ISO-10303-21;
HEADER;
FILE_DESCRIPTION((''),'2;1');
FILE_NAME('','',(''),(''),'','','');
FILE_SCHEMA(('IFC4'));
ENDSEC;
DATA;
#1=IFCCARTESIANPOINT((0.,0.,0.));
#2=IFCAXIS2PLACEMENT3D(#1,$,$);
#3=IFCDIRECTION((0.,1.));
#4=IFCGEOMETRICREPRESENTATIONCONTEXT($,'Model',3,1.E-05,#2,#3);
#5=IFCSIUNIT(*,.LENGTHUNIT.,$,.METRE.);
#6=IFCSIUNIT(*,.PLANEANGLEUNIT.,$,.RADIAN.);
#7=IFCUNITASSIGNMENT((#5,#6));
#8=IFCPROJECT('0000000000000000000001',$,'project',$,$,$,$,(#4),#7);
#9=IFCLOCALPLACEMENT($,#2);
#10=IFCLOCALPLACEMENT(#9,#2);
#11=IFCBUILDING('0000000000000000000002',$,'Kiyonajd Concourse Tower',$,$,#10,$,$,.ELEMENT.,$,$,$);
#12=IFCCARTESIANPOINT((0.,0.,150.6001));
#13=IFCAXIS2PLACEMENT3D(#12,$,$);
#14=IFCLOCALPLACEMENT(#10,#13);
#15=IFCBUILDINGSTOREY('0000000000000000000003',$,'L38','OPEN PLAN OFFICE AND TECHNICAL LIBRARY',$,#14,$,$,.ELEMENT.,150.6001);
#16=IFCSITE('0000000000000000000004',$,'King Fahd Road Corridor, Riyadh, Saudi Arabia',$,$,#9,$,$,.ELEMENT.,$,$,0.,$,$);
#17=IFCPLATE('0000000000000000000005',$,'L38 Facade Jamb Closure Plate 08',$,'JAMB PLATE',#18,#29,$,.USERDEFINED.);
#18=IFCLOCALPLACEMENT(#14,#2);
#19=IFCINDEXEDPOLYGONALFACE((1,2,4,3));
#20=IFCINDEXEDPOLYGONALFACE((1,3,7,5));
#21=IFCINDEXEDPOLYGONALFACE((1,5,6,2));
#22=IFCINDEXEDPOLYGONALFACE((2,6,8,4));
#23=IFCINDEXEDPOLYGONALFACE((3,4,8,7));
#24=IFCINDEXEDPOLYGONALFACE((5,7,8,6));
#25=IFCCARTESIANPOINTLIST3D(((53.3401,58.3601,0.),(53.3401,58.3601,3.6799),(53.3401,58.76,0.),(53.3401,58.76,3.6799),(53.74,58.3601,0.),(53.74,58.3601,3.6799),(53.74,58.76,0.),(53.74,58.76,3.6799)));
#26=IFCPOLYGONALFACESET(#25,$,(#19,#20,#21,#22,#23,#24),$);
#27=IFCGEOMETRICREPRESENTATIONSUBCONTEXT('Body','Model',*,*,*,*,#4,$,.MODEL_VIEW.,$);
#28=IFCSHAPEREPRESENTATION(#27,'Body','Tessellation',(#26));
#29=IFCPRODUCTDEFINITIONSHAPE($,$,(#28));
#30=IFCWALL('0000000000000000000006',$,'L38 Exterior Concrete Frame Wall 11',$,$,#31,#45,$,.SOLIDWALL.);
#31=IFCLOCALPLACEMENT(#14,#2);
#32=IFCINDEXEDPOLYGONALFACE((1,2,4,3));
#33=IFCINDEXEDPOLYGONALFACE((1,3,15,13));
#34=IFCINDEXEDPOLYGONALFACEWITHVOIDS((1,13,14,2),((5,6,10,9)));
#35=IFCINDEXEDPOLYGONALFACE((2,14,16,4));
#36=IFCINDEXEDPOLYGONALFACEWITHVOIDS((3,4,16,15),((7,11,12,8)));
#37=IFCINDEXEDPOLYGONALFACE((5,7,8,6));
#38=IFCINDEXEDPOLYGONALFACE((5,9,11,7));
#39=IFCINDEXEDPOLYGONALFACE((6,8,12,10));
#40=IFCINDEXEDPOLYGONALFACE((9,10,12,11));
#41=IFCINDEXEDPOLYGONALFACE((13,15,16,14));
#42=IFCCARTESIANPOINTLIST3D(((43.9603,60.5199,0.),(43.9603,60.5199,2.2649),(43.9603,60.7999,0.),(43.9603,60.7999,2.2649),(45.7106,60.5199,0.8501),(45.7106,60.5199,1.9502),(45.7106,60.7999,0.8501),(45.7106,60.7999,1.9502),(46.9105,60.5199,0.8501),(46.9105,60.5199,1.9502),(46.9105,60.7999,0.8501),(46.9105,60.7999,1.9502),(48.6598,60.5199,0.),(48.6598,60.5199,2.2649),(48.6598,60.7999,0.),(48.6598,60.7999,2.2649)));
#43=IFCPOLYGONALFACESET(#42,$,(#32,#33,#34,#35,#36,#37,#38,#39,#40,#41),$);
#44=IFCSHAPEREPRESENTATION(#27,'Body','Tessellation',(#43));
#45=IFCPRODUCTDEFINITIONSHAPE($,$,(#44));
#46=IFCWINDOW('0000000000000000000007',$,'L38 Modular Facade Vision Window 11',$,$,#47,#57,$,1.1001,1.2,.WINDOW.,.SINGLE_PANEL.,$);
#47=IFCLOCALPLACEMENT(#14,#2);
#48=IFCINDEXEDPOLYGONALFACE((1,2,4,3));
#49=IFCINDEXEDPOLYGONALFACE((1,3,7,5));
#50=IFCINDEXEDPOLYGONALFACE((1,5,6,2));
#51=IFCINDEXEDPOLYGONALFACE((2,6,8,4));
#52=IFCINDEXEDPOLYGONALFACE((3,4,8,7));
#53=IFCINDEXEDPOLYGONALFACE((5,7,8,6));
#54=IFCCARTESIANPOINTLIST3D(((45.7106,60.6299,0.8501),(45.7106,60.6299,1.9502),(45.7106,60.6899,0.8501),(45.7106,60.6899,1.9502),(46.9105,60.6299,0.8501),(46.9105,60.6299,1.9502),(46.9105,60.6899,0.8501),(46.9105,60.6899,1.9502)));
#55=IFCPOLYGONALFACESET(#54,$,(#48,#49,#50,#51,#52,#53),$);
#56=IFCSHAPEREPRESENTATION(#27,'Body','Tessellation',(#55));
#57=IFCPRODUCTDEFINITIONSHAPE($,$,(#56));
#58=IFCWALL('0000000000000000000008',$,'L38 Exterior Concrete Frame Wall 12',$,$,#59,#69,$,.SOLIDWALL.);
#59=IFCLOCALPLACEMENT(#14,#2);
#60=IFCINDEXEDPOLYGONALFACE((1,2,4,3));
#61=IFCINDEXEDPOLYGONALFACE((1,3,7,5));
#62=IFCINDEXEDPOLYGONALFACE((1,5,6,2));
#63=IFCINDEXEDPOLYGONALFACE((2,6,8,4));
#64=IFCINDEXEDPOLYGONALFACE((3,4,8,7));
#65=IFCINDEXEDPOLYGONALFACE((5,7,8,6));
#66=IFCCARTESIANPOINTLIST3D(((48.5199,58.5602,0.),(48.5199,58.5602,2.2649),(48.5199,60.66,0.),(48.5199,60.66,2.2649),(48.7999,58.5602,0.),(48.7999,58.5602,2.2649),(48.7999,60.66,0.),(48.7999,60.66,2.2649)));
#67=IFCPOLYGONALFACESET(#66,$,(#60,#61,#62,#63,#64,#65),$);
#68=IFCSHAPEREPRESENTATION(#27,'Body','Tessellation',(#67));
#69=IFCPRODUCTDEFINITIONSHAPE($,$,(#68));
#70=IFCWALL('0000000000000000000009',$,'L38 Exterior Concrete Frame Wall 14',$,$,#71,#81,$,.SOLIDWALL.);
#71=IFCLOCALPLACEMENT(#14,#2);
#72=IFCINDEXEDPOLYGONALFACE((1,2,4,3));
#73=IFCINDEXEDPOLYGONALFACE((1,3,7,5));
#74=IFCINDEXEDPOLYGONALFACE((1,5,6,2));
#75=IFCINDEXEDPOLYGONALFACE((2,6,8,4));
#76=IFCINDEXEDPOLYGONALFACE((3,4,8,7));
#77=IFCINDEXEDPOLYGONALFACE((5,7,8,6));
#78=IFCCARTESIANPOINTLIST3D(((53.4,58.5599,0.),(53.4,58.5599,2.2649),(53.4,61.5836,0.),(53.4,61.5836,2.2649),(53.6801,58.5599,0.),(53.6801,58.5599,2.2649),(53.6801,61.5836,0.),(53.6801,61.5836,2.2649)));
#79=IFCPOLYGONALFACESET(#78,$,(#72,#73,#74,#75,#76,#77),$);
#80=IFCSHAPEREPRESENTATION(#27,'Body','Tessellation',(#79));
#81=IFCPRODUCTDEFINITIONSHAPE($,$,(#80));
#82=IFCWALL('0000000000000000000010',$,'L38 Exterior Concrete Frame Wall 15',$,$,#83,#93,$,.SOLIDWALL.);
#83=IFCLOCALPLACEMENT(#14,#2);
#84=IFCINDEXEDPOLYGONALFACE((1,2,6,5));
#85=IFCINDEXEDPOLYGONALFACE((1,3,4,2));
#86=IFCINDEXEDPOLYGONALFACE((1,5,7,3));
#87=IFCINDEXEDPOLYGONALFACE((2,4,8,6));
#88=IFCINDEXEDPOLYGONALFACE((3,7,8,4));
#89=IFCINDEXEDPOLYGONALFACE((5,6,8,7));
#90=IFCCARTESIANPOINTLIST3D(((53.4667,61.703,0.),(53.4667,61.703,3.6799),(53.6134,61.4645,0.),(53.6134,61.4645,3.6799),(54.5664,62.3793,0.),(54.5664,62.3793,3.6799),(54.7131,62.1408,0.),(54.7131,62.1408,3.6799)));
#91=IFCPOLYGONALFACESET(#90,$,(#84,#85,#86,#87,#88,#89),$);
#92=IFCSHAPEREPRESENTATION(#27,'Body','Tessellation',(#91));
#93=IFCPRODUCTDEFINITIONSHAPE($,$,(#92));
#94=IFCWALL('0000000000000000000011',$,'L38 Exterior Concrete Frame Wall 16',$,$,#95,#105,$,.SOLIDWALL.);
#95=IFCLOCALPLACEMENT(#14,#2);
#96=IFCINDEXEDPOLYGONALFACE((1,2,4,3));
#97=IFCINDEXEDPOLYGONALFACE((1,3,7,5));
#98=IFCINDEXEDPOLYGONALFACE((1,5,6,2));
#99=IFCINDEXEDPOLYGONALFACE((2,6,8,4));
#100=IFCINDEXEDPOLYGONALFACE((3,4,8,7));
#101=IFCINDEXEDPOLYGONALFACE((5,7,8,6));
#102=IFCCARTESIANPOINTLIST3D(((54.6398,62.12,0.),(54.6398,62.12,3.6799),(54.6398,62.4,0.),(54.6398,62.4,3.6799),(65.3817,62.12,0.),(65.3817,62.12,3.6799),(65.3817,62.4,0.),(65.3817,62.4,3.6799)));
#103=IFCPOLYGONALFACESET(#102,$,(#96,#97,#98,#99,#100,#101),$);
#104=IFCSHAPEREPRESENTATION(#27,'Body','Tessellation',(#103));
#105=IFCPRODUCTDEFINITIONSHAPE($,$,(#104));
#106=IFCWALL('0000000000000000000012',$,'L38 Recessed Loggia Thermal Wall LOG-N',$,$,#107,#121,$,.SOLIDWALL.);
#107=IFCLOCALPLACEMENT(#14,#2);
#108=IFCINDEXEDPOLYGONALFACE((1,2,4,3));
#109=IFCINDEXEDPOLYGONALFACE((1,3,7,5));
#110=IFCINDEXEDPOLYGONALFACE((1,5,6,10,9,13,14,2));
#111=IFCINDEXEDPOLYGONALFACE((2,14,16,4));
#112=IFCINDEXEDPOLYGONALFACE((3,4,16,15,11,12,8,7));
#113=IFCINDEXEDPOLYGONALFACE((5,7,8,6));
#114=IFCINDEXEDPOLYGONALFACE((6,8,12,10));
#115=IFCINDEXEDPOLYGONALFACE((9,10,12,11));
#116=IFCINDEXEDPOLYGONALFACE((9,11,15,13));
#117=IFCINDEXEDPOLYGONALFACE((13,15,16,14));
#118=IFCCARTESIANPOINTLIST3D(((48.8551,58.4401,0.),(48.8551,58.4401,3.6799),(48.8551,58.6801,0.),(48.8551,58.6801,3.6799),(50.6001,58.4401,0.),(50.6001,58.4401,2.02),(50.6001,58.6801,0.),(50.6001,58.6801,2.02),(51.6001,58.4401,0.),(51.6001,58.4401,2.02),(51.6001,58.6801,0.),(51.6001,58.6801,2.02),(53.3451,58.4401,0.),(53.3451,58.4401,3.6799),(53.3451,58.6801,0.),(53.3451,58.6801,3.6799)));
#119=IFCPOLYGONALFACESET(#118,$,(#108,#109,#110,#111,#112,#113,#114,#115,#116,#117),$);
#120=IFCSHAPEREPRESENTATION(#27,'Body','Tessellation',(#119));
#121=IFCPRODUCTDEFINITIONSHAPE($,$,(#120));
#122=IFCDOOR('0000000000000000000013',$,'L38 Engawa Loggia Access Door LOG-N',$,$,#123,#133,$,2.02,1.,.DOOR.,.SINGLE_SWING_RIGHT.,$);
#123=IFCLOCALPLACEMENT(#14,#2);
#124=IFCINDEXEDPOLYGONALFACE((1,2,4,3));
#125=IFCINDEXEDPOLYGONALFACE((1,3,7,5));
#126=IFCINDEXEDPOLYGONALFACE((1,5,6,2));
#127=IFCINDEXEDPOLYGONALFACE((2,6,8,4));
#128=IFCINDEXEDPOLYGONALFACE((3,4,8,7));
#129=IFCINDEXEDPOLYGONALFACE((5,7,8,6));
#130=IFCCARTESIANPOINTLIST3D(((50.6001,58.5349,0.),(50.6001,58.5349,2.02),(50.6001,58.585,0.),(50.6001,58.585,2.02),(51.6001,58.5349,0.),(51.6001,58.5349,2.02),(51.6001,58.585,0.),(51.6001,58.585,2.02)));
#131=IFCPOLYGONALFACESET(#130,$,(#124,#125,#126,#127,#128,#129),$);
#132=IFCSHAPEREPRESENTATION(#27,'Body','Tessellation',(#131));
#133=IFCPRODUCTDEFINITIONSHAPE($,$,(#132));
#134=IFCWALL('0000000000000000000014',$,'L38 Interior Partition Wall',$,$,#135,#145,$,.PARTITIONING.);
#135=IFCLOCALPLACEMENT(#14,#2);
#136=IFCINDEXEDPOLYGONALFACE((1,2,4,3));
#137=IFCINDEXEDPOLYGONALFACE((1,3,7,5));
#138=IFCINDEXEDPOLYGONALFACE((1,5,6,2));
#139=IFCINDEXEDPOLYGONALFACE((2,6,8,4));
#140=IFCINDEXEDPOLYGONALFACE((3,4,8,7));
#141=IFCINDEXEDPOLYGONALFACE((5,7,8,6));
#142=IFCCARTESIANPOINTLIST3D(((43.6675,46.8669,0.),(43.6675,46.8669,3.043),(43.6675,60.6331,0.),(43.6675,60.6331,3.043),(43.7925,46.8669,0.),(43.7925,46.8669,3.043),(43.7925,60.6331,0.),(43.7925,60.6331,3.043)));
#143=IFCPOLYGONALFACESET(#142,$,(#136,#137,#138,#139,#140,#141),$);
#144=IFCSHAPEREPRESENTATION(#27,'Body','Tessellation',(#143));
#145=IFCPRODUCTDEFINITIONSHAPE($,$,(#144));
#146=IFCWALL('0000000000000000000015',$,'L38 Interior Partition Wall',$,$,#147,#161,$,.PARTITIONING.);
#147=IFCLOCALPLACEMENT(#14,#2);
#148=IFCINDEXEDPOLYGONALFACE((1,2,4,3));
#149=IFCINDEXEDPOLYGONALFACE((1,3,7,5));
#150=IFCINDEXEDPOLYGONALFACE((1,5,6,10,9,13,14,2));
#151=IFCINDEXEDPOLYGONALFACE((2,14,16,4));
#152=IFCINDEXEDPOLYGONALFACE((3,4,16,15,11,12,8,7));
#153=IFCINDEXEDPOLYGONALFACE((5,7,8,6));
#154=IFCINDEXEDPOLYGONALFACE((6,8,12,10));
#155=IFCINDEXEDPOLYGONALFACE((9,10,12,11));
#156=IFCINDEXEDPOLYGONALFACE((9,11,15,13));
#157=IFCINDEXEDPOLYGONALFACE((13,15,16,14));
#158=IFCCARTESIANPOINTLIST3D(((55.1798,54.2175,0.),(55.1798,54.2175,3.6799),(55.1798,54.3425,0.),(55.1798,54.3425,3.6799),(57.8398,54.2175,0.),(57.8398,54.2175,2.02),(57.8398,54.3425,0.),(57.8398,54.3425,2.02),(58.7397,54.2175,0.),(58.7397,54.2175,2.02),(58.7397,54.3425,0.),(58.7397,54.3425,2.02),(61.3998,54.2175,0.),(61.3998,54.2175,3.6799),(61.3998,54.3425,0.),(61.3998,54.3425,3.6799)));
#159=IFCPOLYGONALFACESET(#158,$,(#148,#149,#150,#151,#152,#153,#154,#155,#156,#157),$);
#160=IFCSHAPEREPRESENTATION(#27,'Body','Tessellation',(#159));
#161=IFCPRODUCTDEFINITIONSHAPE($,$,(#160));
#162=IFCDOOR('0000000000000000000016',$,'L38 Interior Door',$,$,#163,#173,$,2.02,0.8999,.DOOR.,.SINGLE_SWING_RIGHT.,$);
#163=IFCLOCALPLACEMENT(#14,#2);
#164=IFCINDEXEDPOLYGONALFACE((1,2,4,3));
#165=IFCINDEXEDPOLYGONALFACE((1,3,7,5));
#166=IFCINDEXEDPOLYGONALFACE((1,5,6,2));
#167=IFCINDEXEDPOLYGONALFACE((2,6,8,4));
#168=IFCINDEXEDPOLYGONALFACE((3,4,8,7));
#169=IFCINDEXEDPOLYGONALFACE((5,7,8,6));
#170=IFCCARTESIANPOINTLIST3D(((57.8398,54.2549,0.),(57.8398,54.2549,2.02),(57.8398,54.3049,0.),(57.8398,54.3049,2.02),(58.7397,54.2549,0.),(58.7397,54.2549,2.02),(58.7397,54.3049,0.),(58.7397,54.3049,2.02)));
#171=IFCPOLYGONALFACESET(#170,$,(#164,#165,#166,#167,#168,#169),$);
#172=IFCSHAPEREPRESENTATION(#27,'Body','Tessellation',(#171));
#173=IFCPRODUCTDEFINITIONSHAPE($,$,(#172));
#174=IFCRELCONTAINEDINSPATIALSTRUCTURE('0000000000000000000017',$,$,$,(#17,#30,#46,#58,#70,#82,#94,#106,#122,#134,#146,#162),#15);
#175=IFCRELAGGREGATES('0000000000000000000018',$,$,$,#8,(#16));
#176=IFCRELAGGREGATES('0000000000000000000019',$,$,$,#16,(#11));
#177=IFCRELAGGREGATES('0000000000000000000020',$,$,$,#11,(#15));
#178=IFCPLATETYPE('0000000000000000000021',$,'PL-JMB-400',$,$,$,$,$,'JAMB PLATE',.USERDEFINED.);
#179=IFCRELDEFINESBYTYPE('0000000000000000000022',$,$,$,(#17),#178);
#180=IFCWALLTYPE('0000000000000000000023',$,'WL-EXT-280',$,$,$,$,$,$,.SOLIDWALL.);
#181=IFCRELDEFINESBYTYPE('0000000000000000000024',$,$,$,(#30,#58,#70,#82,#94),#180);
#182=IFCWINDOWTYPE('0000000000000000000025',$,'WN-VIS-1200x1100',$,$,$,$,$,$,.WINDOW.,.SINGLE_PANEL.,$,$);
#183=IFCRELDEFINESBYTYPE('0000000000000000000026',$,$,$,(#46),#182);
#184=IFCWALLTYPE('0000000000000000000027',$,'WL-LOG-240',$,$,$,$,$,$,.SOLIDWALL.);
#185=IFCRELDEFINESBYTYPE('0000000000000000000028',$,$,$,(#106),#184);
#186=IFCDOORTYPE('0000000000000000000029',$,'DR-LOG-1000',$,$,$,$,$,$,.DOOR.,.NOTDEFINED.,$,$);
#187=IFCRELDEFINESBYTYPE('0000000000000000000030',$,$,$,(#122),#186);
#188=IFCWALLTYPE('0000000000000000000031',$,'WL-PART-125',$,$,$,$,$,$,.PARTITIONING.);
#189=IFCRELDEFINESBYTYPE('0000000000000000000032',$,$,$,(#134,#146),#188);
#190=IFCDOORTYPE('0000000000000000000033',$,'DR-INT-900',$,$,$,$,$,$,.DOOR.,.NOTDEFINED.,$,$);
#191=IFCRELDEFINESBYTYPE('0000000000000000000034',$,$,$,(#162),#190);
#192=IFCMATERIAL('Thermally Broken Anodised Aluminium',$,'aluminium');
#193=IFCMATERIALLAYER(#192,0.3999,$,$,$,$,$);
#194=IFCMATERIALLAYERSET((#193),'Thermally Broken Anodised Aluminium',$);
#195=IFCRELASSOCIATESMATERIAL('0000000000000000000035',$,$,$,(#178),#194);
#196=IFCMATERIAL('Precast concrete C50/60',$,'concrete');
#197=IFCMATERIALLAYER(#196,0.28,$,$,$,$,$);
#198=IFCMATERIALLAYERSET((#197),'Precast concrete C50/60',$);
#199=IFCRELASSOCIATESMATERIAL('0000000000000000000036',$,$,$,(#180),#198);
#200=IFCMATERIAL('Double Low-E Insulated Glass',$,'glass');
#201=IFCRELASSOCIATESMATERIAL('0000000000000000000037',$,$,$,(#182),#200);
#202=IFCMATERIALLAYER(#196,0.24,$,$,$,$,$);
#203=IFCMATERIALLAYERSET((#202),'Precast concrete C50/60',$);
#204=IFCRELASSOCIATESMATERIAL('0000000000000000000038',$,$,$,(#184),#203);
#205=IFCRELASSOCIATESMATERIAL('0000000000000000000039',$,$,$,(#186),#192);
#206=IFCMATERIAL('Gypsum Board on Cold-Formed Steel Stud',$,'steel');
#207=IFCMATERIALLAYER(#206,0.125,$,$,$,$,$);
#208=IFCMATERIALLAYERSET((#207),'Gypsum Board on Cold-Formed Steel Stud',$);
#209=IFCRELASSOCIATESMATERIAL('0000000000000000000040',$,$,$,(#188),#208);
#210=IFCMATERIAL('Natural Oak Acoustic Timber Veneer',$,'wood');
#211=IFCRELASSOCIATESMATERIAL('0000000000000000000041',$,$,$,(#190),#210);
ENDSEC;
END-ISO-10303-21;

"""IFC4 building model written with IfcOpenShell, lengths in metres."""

from ifc_helpers import new_model, si_unit, direction, frame, frame_2d, origin, origin_2d, place, context, subcontext, project, spatial, rectangle, extrude, material, layer, layer_set, type_object, element, fill, save


model = new_model("IFC4")

# Units and contexts
model_context = context("Model", 3, precision=1e-05, world=origin(), true_north=direction((0.0, 1.0)))
body_context = subcontext(model_context, "Body", "Model", "MODEL_VIEW")
ifc_project = project(units=[si_unit("LENGTHUNIT", "METRE"), si_unit("PLANEANGLEUNIT", "RADIAN")], contexts=[model_context])

# Site, building, storey
site_placement = place(None, origin())
site = spatial("IfcSite", under=ifc_project, at=site_placement, Name="King Fahd Road Corridor, Riyadh, Saudi Arabia", CompositionType="ELEMENT", RefElevation=0.0)
building_placement = place(site_placement, origin())
building = spatial("IfcBuilding", under=site, at=building_placement, Name="Kiyonajd Concourse Tower", CompositionType="ELEMENT")
storey_placement = place(building_placement, frame((0.0, 0.0, 150.6001)))
storey = spatial("IfcBuildingStorey", under=building, at=storey_placement, Name="L38", Description="OPEN PLAN OFFICE AND TECHNICAL LIBRARY", CompositionType="ELEMENT", Elevation=150.6001)

# Plate
ifc_material_1 = material(Name="Thermally Broken Anodised Aluminium", Category="aluminium")
ifc_layer_1 = layer(ifc_material_1, 0.3999)
ifc_layer_set_1 = layer_set([ifc_layer_1], Name="Thermally Broken Anodised Aluminium")
plate_type_1 = type_object("IfcPlateType", Name="PL-JMB-400", ElementType="JAMB PLATE", PredefinedType="USERDEFINED", material=ifc_layer_set_1)
for number, where, z_axis, x_axis, name in (
    (1, (53.54, 58.5601, 0.0), (0.0, 0.0, 1.0), (1.0, 0.0, 0.0), "L38 Facade Jamb Closure Plate 08"),
):
    element("IfcPlate", number, at=place(storey_placement, frame(where, z_axis=z_axis, x_axis=x_axis)), inside=storey, type_object=plate_type_1, Name=name, ObjectType="JAMB PLATE", PredefinedType="USERDEFINED", context=body_context, shape_type="SweptSolid", body=[
        extrude(rectangle(XDim=0.3999, YDim=0.3999, at=origin_2d()), origin(), (0.0, 0.0, 1.0), 3.6799),
    ])

# Wall, opening, window
ifc_material_2 = material(Name="Precast concrete C50/60", Category="concrete")
ifc_layer_2 = layer(ifc_material_2, 0.28)
ifc_layer_set_2 = layer_set([ifc_layer_2], Name="Precast concrete C50/60")
wall_type_1 = type_object("IfcWallType", Name="WL-EXT-280", PredefinedType="SOLIDWALL", material=ifc_layer_set_2)
wall_1_placement = place(storey_placement, frame((43.9604, 60.6599, 0.0), z_axis=(0.0, 0.0, 1.0), x_axis=(1.0, 0.0, 0.0)))
wall_1 = element("IfcWall", 2, at=wall_1_placement, inside=storey, type_object=wall_type_1, Name="L38 Exterior Concrete Frame Wall 11", PredefinedType="SOLIDWALL", context=body_context, shape_type="SweptSolid", body=[
    extrude(rectangle(XDim=4.6995, YDim=0.28, at=frame_2d((2.3496, 0.0))), origin(), (0.0, 0.0, 1.0), 2.2649),
])
opening_1_placement = place(wall_1_placement, frame((1.75, 0.0, 0.8501)))
opening_1 = element("IfcOpeningElement", 3, at=opening_1_placement, cuts=wall_1, PredefinedType="OPENING", context=body_context, shape_type="SweptSolid", body=[
    extrude(rectangle(XDim=1.2, YDim=1.1001, at=frame_2d((0.6001, 0.55))), frame((0.0, 0.1499, 0.0), z_axis=(0.0, -1.0, 0.0), x_axis=(1.0, 0.0, 0.0)), (0.0, 0.0, 1.0), 0.3),
])
ifc_material_3 = material(Name="Double Low-E Insulated Glass", Category="glass")
window_type = type_object("IfcWindowType", Name="WN-VIS-1200x1100", PartitioningType="SINGLE_PANEL", PredefinedType="WINDOW", material=ifc_material_3)
window_placement = place(opening_1_placement, origin())
window = element("IfcWindow", 4, at=window_placement, inside=storey, type_object=window_type, Name="L38 Modular Facade Vision Window 11", OverallHeight=1.1001, OverallWidth=1.2, PartitioningType="SINGLE_PANEL", PredefinedType="WINDOW", context=body_context, shape_type="SweptSolid", body=[
    extrude(rectangle(XDim=1.2, YDim=1.1001, at=frame_2d((0.6001, 0.55))), frame((0.0, 0.03, 0.0), z_axis=(0.0, -1.0, 0.0), x_axis=(1.0, 0.0, 0.0)), (0.0, 0.0, 1.0), 0.0601),
])
fill(opening_1, window)

# Walls
wall_2_placement = place(storey_placement, frame((48.6599, 60.6599, 0.0), z_axis=(0.0, 0.0, 1.0), x_axis=(0.0, -1.0, 0.0)))
element("IfcWall", 5, at=wall_2_placement, inside=storey, type_object=wall_type_1, Name="L38 Exterior Concrete Frame Wall 12", PredefinedType="SOLIDWALL", context=body_context, shape_type="SweptSolid", body=[
    extrude(rectangle(XDim=2.0999, YDim=0.28, at=frame_2d((1.0498, 0.0))), origin(), (0.0, 0.0, 1.0), 2.2649),
])
wall_3_placement = place(storey_placement, frame((53.54, 58.5601, 0.0), z_axis=(0.0, 0.0, 1.0), x_axis=(0.0, 1.0, 0.0)))
element("IfcWall", 6, at=wall_3_placement, inside=storey, type_object=wall_type_1, Name="L38 Exterior Concrete Frame Wall 14", PredefinedType="SOLIDWALL", context=body_context, shape_type="SweptSolid", body=[
    extrude(rectangle(XDim=3.0237, YDim=0.28, at=frame_2d((1.5117, 0.0))), origin(), (0.0, 0.0, 1.0), 2.2649),
])
wall_4_placement = place(storey_placement, frame((53.54, 61.5837, 0.0), z_axis=(0.0, 0.0, 1.0), x_axis=(0.851801, 0.523865, 0.0)))
element("IfcWall", 7, at=wall_4_placement, inside=storey, type_object=wall_type_1, Name="L38 Exterior Concrete Frame Wall 15", PredefinedType="SOLIDWALL", context=body_context, shape_type="SweptSolid", body=[
    extrude(rectangle(XDim=1.291, YDim=0.28, at=frame_2d((0.6455, 0.0))), origin(), (0.0, 0.0, 1.0), 3.6799),
])
wall_5_placement = place(storey_placement, frame((54.6396, 62.26, 0.0), z_axis=(0.0, 0.0, 1.0), x_axis=(1.0, 0.0, 0.0)))
element("IfcWall", 8, at=wall_5_placement, inside=storey, type_object=wall_type_1, Name="L38 Exterior Concrete Frame Wall 16", PredefinedType="SOLIDWALL", context=body_context, shape_type="SweptSolid", body=[
    extrude(rectangle(XDim=10.7419, YDim=0.28, at=frame_2d((5.3711, 0.0))), origin(), (0.0, 0.0, 1.0), 3.6799),
])

# Wall, opening, door
ifc_layer_3 = layer(ifc_material_2, 0.24)
ifc_layer_set_3 = layer_set([ifc_layer_3], Name="Precast concrete C50/60")
wall_type_2 = type_object("IfcWallType", Name="WL-LOG-240", PredefinedType="SOLIDWALL", material=ifc_layer_set_3)
wall_6_placement = place(storey_placement, frame((48.855, 58.5601, 0.0), z_axis=(0.0, 0.0, 1.0), x_axis=(1.0, 0.0, 0.0)))
wall_6 = element("IfcWall", 9, at=wall_6_placement, inside=storey, type_object=wall_type_2, Name="L38 Recessed Loggia Thermal Wall LOG-N", PredefinedType="SOLIDWALL", context=body_context, shape_type="SweptSolid", body=[
    extrude(rectangle(XDim=4.49, YDim=0.24, at=frame_2d((2.2451, 0.0))), origin(), (0.0, 0.0, 1.0), 3.6799),
])
opening_2_placement = place(wall_6_placement, frame((1.7451, 0.0, 0.0)))
opening_2 = element("IfcOpeningElement", 10, at=opening_2_placement, cuts=wall_6, PredefinedType="OPENING", context=body_context, shape_type="SweptSolid", body=[
    extrude(rectangle(XDim=1.0, YDim=2.02, at=frame_2d((0.5, 1.01))), frame((0.0, 0.1299, 0.0), z_axis=(0.0, -1.0, 0.0), x_axis=(1.0, 0.0, 0.0)), (0.0, 0.0, 1.0), 0.26),
])
door_type_1 = type_object("IfcDoorType", Name="DR-LOG-1000", OperationType="NOTDEFINED", PredefinedType="DOOR", material=ifc_material_1)
door_1_placement = place(opening_2_placement, origin())
door_1 = element("IfcDoor", 11, at=door_1_placement, inside=storey, type_object=door_type_1, Name="L38 Engawa Loggia Access Door LOG-N", OperationType="SINGLE_SWING_RIGHT", OverallHeight=2.02, OverallWidth=1.0, PredefinedType="DOOR", context=body_context, shape_type="SweptSolid", body=[
    extrude(rectangle(XDim=1.0, YDim=2.02, at=frame_2d((0.5, 1.01))), frame((0.0, 0.0249, 0.0), z_axis=(0.0, -1.0, 0.0), x_axis=(1.0, 0.0, 0.0)), (0.0, 0.0, 1.0), 0.05),
])
fill(opening_2, door_1)

# Wall
ifc_material_4 = material(Name="Gypsum Board on Cold-Formed Steel Stud", Category="steel")
ifc_layer_4 = layer(ifc_material_4, 0.125)
ifc_layer_set_4 = layer_set([ifc_layer_4], Name="Gypsum Board on Cold-Formed Steel Stud")
wall_type_3 = type_object("IfcWallType", Name="WL-PART-125", PredefinedType="PARTITIONING", material=ifc_layer_set_4)
wall_7_placement = place(storey_placement, frame((43.73, 46.8669, 0.0), z_axis=(0.0, 0.0, 1.0), x_axis=(0.0, 1.0, 0.0)))
element("IfcWall", 12, at=wall_7_placement, inside=storey, type_object=wall_type_3, Name="L38 Interior Partition Wall", PredefinedType="PARTITIONING", context=body_context, shape_type="SweptSolid", body=[
    extrude(rectangle(XDim=13.7661, YDim=0.125, at=frame_2d((6.8831, 0.0))), origin(), (0.0, 0.0, 1.0), 3.043),
])

# Wall, opening, door
wall_8_placement = place(storey_placement, frame((55.1799, 54.28, 0.0), z_axis=(0.0, 0.0, 1.0), x_axis=(1.0, 0.0, 0.0)))
wall_8 = element("IfcWall", 13, at=wall_8_placement, inside=storey, type_object=wall_type_3, Name="L38 Interior Partition Wall", PredefinedType="PARTITIONING", context=body_context, shape_type="SweptSolid", body=[
    extrude(rectangle(XDim=6.22, YDim=0.125, at=frame_2d((3.1099, 0.0))), origin(), (0.0, 0.0, 1.0), 3.6799),
])
opening_3_placement = place(wall_8_placement, frame((2.6599, 0.0, 0.0)))
opening_3 = element("IfcOpeningElement", 14, at=opening_3_placement, cuts=wall_8, PredefinedType="OPENING", context=body_context, shape_type="SweptSolid", body=[
    extrude(rectangle(XDim=0.8999, YDim=2.02, at=frame_2d((0.45, 1.01))), frame((0.0, 0.0725, 0.0), z_axis=(0.0, -1.0, 0.0), x_axis=(1.0, 0.0, 0.0)), (0.0, 0.0, 1.0), 0.145),
])
ifc_material_5 = material(Name="Natural Oak Acoustic Timber Veneer", Category="wood")
door_type_2 = type_object("IfcDoorType", Name="DR-INT-900", OperationType="NOTDEFINED", PredefinedType="DOOR", material=ifc_material_5)
door_2_placement = place(opening_3_placement, origin())
door_2 = element("IfcDoor", 15, at=door_2_placement, inside=storey, type_object=door_type_2, Name="L38 Interior Door", OperationType="SINGLE_SWING_RIGHT", OverallHeight=2.02, OverallWidth=0.8999, PredefinedType="DOOR", context=body_context, shape_type="SweptSolid", body=[
    extrude(rectangle(XDim=0.8999, YDim=2.02, at=frame_2d((0.45, 1.01))), frame((0.0, 0.0249, 0.0), z_axis=(0.0, -1.0, 0.0), x_axis=(1.0, 0.0, 0.0)), (0.0, 0.0, 1.0), 0.05),
])
fill(opening_3, door_2)

save(model, "model.ifc")
